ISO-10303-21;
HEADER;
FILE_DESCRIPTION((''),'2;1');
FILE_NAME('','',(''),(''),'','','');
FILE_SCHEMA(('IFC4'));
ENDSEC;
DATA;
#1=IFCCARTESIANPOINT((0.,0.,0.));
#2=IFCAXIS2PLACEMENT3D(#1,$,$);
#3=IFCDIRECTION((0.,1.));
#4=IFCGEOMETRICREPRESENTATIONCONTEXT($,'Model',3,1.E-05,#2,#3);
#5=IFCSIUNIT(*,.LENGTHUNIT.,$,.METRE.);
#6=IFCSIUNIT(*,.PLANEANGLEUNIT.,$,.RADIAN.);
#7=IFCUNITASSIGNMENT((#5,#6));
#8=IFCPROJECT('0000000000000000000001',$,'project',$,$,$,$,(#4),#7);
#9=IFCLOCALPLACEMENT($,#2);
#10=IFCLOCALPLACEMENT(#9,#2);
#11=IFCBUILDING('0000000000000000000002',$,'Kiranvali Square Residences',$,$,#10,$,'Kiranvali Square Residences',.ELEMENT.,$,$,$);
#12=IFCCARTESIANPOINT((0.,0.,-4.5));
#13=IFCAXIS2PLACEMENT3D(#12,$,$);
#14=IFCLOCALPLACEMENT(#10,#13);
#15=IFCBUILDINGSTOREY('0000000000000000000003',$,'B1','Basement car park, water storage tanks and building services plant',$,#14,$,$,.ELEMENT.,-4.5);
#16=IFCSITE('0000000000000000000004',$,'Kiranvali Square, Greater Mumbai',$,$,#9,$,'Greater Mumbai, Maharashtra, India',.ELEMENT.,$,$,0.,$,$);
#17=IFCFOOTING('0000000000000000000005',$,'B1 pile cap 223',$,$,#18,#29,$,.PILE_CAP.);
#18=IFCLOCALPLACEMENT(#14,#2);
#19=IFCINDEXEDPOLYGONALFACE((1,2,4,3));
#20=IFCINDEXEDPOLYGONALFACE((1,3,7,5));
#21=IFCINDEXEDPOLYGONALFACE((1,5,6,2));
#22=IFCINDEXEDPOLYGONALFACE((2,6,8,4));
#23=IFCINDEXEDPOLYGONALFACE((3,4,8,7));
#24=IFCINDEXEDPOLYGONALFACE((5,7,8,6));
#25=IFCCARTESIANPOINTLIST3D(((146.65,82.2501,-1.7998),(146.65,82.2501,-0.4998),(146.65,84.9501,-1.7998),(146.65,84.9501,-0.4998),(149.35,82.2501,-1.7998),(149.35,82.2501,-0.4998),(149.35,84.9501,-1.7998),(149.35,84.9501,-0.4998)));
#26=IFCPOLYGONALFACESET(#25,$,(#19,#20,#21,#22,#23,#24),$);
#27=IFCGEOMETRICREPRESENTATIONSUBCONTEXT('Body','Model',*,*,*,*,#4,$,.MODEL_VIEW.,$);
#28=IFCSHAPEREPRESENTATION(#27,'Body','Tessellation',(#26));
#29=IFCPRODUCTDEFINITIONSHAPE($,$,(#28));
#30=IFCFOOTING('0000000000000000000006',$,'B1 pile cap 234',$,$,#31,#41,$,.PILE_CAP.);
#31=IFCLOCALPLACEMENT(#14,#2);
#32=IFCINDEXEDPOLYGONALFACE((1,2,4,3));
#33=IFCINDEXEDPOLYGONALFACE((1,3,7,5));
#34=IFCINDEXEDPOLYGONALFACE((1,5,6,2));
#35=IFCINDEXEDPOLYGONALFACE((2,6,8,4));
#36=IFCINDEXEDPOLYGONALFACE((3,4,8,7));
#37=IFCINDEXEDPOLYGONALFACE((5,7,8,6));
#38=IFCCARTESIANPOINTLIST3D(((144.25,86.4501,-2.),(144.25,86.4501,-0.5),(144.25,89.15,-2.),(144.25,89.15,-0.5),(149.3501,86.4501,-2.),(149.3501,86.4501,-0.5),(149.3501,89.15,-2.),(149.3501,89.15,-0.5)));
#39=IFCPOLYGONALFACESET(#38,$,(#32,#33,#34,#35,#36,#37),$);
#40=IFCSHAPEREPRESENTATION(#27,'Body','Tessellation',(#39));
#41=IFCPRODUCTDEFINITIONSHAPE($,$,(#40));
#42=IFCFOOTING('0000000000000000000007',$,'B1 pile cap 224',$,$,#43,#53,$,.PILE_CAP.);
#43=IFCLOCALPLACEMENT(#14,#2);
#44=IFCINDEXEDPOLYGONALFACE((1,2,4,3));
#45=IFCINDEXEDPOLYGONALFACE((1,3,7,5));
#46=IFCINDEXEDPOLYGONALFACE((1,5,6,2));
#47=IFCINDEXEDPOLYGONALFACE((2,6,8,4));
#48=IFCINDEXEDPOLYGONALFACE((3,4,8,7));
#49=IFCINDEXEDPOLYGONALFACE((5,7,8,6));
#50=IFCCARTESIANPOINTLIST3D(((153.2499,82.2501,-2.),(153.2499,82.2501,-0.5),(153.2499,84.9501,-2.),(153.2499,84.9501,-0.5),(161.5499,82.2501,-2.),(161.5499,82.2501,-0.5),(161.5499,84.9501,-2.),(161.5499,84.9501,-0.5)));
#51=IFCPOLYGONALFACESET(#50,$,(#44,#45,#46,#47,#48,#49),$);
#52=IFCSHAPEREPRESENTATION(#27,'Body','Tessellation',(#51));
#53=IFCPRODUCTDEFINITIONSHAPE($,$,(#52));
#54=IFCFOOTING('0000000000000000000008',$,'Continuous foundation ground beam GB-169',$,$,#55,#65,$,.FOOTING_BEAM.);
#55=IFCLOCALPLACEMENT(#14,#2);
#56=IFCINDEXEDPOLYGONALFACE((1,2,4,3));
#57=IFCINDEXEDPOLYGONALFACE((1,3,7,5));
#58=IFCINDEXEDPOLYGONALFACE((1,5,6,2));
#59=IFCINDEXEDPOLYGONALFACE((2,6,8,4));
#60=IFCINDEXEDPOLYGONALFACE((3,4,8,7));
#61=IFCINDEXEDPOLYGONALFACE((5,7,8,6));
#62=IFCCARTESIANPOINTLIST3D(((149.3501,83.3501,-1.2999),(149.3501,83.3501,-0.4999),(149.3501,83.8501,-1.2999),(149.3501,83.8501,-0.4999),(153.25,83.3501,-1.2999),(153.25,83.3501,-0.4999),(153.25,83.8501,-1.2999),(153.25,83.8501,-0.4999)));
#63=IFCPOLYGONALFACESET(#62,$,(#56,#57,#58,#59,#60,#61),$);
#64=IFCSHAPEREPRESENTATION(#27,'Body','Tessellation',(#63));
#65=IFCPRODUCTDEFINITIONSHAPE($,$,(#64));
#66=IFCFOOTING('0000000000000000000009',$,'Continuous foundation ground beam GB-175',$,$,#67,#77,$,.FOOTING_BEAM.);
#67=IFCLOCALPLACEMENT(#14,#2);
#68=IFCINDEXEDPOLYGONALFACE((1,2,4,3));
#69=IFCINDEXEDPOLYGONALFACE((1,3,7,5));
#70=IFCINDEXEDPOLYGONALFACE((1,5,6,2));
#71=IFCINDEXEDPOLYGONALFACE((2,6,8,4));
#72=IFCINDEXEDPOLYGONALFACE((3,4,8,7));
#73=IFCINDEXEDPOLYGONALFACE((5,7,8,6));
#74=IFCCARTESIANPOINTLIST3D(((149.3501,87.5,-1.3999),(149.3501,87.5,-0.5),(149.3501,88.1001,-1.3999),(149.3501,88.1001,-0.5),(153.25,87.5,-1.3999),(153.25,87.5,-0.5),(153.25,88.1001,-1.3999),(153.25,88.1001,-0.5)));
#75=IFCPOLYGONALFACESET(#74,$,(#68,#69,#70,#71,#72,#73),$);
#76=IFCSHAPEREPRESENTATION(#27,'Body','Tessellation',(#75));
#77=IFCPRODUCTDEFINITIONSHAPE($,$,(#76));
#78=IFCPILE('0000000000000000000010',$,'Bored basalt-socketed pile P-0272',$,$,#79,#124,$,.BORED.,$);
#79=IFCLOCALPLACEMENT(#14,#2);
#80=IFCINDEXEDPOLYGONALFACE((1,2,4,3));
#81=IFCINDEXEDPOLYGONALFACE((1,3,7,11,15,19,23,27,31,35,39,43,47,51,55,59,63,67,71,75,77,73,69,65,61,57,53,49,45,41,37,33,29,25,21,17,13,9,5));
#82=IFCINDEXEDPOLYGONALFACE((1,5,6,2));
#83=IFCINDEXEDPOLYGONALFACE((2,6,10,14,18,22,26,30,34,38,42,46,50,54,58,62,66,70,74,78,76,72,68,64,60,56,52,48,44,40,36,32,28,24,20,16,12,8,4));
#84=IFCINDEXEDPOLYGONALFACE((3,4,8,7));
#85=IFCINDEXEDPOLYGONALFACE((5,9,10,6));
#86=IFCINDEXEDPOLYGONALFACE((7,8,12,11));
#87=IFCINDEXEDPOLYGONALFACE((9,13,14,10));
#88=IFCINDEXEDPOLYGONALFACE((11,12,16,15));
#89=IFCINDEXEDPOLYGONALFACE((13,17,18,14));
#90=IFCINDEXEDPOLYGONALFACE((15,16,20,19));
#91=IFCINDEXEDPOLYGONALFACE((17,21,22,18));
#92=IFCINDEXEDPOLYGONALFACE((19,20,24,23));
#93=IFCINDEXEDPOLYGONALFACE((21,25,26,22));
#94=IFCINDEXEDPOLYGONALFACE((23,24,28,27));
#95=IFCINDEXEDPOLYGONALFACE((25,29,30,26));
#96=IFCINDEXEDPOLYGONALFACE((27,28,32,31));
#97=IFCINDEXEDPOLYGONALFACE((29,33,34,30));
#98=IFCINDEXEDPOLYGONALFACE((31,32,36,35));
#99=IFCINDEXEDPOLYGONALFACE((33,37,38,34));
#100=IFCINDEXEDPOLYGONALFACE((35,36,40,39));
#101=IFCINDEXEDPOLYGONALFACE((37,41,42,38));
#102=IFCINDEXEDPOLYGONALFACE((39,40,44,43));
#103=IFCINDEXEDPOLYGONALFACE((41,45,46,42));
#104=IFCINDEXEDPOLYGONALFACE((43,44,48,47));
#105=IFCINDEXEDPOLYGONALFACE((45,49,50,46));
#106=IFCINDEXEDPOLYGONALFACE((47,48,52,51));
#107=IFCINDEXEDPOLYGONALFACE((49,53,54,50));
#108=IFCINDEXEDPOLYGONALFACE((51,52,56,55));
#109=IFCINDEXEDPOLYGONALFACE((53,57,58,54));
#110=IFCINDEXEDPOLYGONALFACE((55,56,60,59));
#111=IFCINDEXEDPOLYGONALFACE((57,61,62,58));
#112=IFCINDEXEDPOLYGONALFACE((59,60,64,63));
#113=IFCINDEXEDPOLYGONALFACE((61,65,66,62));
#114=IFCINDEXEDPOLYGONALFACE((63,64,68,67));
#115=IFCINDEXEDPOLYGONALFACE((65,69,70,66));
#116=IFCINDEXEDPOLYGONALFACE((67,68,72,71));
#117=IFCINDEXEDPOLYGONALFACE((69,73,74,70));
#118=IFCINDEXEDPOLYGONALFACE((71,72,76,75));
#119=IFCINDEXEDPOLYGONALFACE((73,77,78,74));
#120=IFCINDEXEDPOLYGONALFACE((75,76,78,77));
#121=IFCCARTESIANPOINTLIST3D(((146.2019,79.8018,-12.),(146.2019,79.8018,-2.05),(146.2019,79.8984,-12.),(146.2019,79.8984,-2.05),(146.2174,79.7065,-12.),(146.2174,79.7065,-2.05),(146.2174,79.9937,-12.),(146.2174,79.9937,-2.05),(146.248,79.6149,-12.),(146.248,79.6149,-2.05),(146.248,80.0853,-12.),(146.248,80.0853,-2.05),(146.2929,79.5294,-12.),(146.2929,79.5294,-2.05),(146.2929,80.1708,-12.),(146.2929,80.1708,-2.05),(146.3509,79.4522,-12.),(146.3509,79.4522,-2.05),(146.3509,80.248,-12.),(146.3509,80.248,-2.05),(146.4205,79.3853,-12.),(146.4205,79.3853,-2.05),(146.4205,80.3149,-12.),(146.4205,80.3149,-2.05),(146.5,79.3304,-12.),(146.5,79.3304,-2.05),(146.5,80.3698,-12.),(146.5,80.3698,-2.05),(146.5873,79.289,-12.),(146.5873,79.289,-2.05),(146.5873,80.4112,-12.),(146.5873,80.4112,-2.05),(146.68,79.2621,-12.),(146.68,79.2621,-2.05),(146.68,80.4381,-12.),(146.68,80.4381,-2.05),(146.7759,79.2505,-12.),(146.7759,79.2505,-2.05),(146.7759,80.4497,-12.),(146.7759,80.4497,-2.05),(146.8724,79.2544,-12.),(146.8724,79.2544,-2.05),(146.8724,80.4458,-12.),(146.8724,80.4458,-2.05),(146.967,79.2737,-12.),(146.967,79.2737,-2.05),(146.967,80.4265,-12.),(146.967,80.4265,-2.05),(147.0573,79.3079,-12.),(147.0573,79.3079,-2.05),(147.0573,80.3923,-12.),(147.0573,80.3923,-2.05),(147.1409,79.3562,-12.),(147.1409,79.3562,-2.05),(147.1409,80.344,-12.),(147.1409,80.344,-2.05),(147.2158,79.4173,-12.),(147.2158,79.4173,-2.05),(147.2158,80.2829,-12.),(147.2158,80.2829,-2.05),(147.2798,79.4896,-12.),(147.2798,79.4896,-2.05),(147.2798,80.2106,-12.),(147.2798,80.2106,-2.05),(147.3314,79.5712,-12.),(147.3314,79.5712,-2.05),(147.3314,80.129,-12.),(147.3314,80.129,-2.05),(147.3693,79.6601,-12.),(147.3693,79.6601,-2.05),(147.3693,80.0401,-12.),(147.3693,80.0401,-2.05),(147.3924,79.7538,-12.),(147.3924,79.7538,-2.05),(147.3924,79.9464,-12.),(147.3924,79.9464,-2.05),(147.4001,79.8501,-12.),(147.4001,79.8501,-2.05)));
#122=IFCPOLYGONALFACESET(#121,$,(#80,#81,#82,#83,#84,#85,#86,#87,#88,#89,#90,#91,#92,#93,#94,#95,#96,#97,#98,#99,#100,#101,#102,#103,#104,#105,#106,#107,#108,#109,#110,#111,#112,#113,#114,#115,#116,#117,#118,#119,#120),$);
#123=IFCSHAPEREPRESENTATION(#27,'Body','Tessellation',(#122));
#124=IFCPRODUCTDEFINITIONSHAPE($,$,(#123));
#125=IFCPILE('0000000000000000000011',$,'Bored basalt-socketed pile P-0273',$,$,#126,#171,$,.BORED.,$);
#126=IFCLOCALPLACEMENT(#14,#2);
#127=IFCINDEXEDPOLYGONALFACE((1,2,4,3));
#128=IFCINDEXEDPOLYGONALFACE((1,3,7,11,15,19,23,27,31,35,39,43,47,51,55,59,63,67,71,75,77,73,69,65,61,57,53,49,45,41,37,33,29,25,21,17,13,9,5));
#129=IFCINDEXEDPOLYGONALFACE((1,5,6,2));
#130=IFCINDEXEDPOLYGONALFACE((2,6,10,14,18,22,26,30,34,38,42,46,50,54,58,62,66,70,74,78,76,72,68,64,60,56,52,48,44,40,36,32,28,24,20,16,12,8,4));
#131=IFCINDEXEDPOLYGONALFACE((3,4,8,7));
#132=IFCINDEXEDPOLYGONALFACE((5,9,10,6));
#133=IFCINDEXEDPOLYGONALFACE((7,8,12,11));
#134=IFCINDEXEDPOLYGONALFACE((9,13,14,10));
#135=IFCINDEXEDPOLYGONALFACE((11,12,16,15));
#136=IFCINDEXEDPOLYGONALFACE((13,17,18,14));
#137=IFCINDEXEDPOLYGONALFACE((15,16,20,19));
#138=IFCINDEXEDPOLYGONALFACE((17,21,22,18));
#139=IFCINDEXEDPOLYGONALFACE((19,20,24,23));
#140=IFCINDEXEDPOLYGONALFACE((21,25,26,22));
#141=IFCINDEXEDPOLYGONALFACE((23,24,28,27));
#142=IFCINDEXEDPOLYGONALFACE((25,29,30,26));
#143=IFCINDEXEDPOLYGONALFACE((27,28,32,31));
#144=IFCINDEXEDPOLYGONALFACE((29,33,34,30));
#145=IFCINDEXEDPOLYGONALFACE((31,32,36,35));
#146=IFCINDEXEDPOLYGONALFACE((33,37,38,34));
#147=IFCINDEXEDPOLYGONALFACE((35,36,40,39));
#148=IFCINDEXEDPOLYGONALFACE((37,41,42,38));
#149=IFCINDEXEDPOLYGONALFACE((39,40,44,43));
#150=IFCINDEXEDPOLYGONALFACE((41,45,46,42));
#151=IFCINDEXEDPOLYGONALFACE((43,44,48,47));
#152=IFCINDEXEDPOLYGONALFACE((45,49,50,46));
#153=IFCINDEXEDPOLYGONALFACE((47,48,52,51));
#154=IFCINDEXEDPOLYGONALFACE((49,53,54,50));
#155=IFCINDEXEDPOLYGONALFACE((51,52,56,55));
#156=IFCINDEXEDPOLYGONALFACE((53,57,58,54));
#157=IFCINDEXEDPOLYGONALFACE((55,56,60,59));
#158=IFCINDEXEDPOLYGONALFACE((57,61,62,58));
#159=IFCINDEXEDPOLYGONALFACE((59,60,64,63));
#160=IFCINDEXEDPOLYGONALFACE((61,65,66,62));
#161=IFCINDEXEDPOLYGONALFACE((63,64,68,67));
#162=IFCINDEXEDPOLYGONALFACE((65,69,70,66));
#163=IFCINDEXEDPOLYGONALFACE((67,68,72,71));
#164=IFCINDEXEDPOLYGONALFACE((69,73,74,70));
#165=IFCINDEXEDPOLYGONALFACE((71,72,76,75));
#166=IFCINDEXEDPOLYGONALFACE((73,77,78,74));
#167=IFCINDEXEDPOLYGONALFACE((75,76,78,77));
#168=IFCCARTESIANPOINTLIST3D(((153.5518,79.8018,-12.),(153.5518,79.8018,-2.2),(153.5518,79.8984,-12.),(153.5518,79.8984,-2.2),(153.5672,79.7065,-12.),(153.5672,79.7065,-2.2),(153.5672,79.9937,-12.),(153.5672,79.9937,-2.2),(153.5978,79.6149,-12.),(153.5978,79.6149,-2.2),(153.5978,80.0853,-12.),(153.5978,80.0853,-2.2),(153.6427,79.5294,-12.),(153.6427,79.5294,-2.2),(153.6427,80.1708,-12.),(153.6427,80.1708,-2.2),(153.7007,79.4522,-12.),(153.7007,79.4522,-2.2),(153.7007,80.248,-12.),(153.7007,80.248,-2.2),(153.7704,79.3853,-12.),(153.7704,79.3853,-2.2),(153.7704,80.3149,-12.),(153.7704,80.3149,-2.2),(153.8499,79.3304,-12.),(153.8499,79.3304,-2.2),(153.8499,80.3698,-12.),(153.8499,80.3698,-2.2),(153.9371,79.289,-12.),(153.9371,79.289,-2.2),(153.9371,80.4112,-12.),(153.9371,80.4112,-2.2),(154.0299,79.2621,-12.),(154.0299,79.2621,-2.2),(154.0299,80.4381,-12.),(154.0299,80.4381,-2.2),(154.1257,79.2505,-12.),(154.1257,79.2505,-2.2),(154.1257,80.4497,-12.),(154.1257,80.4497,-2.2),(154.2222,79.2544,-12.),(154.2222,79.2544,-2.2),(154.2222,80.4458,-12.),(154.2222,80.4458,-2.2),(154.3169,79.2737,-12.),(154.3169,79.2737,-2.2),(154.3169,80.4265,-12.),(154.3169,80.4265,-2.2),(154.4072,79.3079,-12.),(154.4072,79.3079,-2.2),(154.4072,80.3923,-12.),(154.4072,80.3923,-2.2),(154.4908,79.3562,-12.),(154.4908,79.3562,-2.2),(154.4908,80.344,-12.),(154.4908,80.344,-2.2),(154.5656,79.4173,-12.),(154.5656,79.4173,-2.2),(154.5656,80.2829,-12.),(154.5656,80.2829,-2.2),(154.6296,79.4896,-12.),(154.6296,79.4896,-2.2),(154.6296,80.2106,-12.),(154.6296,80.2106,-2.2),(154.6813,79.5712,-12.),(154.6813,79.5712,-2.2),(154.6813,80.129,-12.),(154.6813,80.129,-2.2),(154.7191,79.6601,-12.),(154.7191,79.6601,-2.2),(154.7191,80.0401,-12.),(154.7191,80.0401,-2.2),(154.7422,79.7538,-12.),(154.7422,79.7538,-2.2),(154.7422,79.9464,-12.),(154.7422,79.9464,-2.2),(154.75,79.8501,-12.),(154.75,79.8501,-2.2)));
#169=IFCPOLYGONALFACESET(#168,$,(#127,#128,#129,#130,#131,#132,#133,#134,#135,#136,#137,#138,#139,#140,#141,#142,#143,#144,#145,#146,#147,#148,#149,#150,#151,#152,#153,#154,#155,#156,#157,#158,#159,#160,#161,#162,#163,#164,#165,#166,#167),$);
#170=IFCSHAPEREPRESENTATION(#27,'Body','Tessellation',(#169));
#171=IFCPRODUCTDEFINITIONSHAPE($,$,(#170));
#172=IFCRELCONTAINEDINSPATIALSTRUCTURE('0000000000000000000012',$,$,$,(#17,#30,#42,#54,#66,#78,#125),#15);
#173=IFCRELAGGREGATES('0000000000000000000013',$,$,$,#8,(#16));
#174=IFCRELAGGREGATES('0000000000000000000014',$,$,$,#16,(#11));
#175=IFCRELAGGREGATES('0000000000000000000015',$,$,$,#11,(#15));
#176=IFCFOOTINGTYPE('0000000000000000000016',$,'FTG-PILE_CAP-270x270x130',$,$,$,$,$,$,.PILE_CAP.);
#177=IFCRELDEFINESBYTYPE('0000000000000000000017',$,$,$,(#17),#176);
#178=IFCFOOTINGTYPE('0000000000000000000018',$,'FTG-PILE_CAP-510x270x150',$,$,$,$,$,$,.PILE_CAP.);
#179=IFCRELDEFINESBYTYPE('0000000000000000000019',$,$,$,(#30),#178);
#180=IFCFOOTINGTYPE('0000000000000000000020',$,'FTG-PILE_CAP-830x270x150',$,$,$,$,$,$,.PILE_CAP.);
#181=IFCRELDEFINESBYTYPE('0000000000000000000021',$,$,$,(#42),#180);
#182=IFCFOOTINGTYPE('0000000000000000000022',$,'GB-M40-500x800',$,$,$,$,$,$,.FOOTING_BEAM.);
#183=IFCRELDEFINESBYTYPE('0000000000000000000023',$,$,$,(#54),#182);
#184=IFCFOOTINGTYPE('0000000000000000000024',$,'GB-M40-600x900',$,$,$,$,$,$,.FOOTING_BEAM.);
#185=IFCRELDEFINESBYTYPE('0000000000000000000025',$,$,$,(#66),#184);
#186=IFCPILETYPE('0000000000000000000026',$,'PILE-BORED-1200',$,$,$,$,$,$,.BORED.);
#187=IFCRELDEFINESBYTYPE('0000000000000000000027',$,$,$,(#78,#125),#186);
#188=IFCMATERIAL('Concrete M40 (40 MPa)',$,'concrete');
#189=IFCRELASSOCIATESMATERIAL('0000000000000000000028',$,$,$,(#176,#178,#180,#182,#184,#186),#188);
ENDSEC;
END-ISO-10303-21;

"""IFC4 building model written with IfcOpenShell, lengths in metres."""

from ifc_helpers import new_model, si_unit, direction, frame, origin, origin_2d, place, context, subcontext, project, spatial, rectangle, circle, extrude, material, material_profile, profile_set, type_object, element, save


model = new_model("IFC4")

# Units and contexts
model_context = context("Model", 3, precision=1e-05, world=origin(), true_north=direction((0.0, 1.0)))
body_context = subcontext(model_context, "Body", "Model", "MODEL_VIEW")
ifc_project = project(units=[si_unit("LENGTHUNIT", "METRE"), si_unit("PLANEANGLEUNIT", "RADIAN")], contexts=[model_context])

# Site, building, storey
site_placement = place(None, origin())
site = spatial("IfcSite", under=ifc_project, at=site_placement, Name="Kiranvali Square, Greater Mumbai", LongName="Greater Mumbai, Maharashtra, India", CompositionType="ELEMENT", RefElevation=0.0)
building_placement = place(site_placement, origin())
building = spatial("IfcBuilding", under=site, at=building_placement, Name="Kiranvali Square Residences", LongName="Kiranvali Square Residences", CompositionType="ELEMENT")
storey_placement = place(building_placement, frame((0.0, 0.0, -4.5)))
storey = spatial("IfcBuildingStorey", under=building, at=storey_placement, Name="B1", Description="Basement car park, water storage tanks and building services plant", CompositionType="ELEMENT", Elevation=-4.5)

# Footings
ifc_material_1 = material(Name="Concrete M40 (40 MPa)", Category="concrete")
footing_type_1 = type_object("IfcFootingType", Name="FTG-PILE_CAP-270x270x130", PredefinedType="PILE_CAP", material=ifc_material_1)
footing_1_placement = place(storey_placement, frame((148.0, 83.6001, -1.7998), z_axis=(0.0, 0.0, 1.0), x_axis=(1.0, 0.0, 0.0)))
element("IfcFooting", 1, at=footing_1_placement, inside=storey, type_object=footing_type_1, Name="B1 pile cap 223", PredefinedType="PILE_CAP", context=body_context, shape_type="SweptSolid", body=[
    extrude(rectangle(XDim=2.7, YDim=2.7, at=origin_2d()), origin(), (0.0, 0.0, 1.0), 1.3),
])
footing_type_2 = type_object("IfcFootingType", Name="FTG-PILE_CAP-510x270x150", PredefinedType="PILE_CAP", material=ifc_material_1)
footing_2_placement = place(storey_placement, frame((146.8, 87.8, -2.0), z_axis=(0.0, 0.0, 1.0), x_axis=(1.0, 0.0, 0.0)))
element("IfcFooting", 2, at=footing_2_placement, inside=storey, type_object=footing_type_2, Name="B1 pile cap 234", PredefinedType="PILE_CAP", context=body_context, shape_type="SweptSolid", body=[
    extrude(rectangle(XDim=5.1001, YDim=2.7, at=origin_2d()), origin(), (0.0, 0.0, 1.0), 1.5),
])
footing_type_3 = type_object("IfcFootingType", Name="FTG-PILE_CAP-830x270x150", PredefinedType="PILE_CAP", material=ifc_material_1)
footing_3_placement = place(storey_placement, frame((157.3999, 83.6001, -2.0), z_axis=(0.0, 0.0, 1.0), x_axis=(1.0, 0.0, 0.0)))
element("IfcFooting", 3, at=footing_3_placement, inside=storey, type_object=footing_type_3, Name="B1 pile cap 224", PredefinedType="PILE_CAP", context=body_context, shape_type="SweptSolid", body=[
    extrude(rectangle(XDim=8.3, YDim=2.7, at=origin_2d()), origin(), (0.0, 0.0, 1.0), 1.5),
])
ifc_material_profile_1 = material_profile(ifc_material_1, rectangle(XDim=0.5, YDim=0.8, at=origin_2d()), Name="GB 500x800")
ifc_profile_set_1 = profile_set([ifc_material_profile_1], Name="Concrete M40 (40 MPa)")
footing_type_4 = type_object("IfcFootingType", Name="GB-M40-500x800", PredefinedType="FOOTING_BEAM", material=ifc_profile_set_1)
footing_4_placement = place(storey_placement, frame((149.3501, 83.6001, -0.8999), z_axis=(1.0, 0.0, 0.0), x_axis=(0.0, 1.0, 0.0)))
element("IfcFooting", 4, at=footing_4_placement, inside=storey, type_object=footing_type_4, Name="Continuous foundation ground beam GB-169", PredefinedType="FOOTING_BEAM", context=body_context, shape_type="SweptSolid", body=[
    extrude(rectangle(XDim=0.5, YDim=0.8, at=origin_2d()), origin(), (0.0, 0.0, 1.0), 3.8999),
])
ifc_material_profile_2 = material_profile(ifc_material_1, rectangle(XDim=0.6001, YDim=0.8999, at=origin_2d()), Name="GB 600x900")
ifc_profile_set_2 = profile_set([ifc_material_profile_2], Name="Concrete M40 (40 MPa)")
footing_type_5 = type_object("IfcFootingType", Name="GB-M40-600x900", PredefinedType="FOOTING_BEAM", material=ifc_profile_set_2)
footing_5_placement = place(storey_placement, frame((149.3501, 87.8, -0.95), z_axis=(1.0, 0.0, 0.0), x_axis=(0.0, 1.0, 0.0)))
element("IfcFooting", 5, at=footing_5_placement, inside=storey, type_object=footing_type_5, Name="Continuous foundation ground beam GB-175", PredefinedType="FOOTING_BEAM", context=body_context, shape_type="SweptSolid", body=[
    extrude(rectangle(XDim=0.6001, YDim=0.8999, at=origin_2d()), origin(), (0.0, 0.0, 1.0), 3.8999),
])

# Piles
ifc_material_profile_3 = material_profile(ifc_material_1, circle(Radius=0.6001, at=origin_2d()), Name="BORED PILE 1200")
ifc_profile_set_3 = profile_set([ifc_material_profile_3], Name="Concrete M40 (40 MPa)")
pile_type = type_object("IfcPileType", Name="PILE-BORED-1200", PredefinedType="BORED", material=ifc_profile_set_3)
pile_1_placement = place(storey_placement, frame((146.8, 79.8501, -2.05), z_axis=(0.0, 0.0, -1.0), x_axis=(1.0, 0.0, 0.0)))
element("IfcPile", 6, at=pile_1_placement, inside=storey, type_object=pile_type, Name="Bored basalt-socketed pile P-0272", PredefinedType="BORED", context=body_context, shape_type="SweptSolid", body=[
    extrude(circle(Radius=0.6001, at=origin_2d()), origin(), (0.0, 0.0, 1.0), 9.95),
])
pile_2_placement = place(storey_placement, frame((154.1499, 79.8501, -2.2), z_axis=(0.0, 0.0, -1.0), x_axis=(1.0, 0.0, 0.0)))
element("IfcPile", 7, at=pile_2_placement, inside=storey, type_object=pile_type, Name="Bored basalt-socketed pile P-0273", PredefinedType="BORED", context=body_context, shape_type="SweptSolid", body=[
    extrude(circle(Radius=0.6001, at=origin_2d()), origin(), (0.0, 0.0, 1.0), 9.8),
])

save(model, "model.ifc")
